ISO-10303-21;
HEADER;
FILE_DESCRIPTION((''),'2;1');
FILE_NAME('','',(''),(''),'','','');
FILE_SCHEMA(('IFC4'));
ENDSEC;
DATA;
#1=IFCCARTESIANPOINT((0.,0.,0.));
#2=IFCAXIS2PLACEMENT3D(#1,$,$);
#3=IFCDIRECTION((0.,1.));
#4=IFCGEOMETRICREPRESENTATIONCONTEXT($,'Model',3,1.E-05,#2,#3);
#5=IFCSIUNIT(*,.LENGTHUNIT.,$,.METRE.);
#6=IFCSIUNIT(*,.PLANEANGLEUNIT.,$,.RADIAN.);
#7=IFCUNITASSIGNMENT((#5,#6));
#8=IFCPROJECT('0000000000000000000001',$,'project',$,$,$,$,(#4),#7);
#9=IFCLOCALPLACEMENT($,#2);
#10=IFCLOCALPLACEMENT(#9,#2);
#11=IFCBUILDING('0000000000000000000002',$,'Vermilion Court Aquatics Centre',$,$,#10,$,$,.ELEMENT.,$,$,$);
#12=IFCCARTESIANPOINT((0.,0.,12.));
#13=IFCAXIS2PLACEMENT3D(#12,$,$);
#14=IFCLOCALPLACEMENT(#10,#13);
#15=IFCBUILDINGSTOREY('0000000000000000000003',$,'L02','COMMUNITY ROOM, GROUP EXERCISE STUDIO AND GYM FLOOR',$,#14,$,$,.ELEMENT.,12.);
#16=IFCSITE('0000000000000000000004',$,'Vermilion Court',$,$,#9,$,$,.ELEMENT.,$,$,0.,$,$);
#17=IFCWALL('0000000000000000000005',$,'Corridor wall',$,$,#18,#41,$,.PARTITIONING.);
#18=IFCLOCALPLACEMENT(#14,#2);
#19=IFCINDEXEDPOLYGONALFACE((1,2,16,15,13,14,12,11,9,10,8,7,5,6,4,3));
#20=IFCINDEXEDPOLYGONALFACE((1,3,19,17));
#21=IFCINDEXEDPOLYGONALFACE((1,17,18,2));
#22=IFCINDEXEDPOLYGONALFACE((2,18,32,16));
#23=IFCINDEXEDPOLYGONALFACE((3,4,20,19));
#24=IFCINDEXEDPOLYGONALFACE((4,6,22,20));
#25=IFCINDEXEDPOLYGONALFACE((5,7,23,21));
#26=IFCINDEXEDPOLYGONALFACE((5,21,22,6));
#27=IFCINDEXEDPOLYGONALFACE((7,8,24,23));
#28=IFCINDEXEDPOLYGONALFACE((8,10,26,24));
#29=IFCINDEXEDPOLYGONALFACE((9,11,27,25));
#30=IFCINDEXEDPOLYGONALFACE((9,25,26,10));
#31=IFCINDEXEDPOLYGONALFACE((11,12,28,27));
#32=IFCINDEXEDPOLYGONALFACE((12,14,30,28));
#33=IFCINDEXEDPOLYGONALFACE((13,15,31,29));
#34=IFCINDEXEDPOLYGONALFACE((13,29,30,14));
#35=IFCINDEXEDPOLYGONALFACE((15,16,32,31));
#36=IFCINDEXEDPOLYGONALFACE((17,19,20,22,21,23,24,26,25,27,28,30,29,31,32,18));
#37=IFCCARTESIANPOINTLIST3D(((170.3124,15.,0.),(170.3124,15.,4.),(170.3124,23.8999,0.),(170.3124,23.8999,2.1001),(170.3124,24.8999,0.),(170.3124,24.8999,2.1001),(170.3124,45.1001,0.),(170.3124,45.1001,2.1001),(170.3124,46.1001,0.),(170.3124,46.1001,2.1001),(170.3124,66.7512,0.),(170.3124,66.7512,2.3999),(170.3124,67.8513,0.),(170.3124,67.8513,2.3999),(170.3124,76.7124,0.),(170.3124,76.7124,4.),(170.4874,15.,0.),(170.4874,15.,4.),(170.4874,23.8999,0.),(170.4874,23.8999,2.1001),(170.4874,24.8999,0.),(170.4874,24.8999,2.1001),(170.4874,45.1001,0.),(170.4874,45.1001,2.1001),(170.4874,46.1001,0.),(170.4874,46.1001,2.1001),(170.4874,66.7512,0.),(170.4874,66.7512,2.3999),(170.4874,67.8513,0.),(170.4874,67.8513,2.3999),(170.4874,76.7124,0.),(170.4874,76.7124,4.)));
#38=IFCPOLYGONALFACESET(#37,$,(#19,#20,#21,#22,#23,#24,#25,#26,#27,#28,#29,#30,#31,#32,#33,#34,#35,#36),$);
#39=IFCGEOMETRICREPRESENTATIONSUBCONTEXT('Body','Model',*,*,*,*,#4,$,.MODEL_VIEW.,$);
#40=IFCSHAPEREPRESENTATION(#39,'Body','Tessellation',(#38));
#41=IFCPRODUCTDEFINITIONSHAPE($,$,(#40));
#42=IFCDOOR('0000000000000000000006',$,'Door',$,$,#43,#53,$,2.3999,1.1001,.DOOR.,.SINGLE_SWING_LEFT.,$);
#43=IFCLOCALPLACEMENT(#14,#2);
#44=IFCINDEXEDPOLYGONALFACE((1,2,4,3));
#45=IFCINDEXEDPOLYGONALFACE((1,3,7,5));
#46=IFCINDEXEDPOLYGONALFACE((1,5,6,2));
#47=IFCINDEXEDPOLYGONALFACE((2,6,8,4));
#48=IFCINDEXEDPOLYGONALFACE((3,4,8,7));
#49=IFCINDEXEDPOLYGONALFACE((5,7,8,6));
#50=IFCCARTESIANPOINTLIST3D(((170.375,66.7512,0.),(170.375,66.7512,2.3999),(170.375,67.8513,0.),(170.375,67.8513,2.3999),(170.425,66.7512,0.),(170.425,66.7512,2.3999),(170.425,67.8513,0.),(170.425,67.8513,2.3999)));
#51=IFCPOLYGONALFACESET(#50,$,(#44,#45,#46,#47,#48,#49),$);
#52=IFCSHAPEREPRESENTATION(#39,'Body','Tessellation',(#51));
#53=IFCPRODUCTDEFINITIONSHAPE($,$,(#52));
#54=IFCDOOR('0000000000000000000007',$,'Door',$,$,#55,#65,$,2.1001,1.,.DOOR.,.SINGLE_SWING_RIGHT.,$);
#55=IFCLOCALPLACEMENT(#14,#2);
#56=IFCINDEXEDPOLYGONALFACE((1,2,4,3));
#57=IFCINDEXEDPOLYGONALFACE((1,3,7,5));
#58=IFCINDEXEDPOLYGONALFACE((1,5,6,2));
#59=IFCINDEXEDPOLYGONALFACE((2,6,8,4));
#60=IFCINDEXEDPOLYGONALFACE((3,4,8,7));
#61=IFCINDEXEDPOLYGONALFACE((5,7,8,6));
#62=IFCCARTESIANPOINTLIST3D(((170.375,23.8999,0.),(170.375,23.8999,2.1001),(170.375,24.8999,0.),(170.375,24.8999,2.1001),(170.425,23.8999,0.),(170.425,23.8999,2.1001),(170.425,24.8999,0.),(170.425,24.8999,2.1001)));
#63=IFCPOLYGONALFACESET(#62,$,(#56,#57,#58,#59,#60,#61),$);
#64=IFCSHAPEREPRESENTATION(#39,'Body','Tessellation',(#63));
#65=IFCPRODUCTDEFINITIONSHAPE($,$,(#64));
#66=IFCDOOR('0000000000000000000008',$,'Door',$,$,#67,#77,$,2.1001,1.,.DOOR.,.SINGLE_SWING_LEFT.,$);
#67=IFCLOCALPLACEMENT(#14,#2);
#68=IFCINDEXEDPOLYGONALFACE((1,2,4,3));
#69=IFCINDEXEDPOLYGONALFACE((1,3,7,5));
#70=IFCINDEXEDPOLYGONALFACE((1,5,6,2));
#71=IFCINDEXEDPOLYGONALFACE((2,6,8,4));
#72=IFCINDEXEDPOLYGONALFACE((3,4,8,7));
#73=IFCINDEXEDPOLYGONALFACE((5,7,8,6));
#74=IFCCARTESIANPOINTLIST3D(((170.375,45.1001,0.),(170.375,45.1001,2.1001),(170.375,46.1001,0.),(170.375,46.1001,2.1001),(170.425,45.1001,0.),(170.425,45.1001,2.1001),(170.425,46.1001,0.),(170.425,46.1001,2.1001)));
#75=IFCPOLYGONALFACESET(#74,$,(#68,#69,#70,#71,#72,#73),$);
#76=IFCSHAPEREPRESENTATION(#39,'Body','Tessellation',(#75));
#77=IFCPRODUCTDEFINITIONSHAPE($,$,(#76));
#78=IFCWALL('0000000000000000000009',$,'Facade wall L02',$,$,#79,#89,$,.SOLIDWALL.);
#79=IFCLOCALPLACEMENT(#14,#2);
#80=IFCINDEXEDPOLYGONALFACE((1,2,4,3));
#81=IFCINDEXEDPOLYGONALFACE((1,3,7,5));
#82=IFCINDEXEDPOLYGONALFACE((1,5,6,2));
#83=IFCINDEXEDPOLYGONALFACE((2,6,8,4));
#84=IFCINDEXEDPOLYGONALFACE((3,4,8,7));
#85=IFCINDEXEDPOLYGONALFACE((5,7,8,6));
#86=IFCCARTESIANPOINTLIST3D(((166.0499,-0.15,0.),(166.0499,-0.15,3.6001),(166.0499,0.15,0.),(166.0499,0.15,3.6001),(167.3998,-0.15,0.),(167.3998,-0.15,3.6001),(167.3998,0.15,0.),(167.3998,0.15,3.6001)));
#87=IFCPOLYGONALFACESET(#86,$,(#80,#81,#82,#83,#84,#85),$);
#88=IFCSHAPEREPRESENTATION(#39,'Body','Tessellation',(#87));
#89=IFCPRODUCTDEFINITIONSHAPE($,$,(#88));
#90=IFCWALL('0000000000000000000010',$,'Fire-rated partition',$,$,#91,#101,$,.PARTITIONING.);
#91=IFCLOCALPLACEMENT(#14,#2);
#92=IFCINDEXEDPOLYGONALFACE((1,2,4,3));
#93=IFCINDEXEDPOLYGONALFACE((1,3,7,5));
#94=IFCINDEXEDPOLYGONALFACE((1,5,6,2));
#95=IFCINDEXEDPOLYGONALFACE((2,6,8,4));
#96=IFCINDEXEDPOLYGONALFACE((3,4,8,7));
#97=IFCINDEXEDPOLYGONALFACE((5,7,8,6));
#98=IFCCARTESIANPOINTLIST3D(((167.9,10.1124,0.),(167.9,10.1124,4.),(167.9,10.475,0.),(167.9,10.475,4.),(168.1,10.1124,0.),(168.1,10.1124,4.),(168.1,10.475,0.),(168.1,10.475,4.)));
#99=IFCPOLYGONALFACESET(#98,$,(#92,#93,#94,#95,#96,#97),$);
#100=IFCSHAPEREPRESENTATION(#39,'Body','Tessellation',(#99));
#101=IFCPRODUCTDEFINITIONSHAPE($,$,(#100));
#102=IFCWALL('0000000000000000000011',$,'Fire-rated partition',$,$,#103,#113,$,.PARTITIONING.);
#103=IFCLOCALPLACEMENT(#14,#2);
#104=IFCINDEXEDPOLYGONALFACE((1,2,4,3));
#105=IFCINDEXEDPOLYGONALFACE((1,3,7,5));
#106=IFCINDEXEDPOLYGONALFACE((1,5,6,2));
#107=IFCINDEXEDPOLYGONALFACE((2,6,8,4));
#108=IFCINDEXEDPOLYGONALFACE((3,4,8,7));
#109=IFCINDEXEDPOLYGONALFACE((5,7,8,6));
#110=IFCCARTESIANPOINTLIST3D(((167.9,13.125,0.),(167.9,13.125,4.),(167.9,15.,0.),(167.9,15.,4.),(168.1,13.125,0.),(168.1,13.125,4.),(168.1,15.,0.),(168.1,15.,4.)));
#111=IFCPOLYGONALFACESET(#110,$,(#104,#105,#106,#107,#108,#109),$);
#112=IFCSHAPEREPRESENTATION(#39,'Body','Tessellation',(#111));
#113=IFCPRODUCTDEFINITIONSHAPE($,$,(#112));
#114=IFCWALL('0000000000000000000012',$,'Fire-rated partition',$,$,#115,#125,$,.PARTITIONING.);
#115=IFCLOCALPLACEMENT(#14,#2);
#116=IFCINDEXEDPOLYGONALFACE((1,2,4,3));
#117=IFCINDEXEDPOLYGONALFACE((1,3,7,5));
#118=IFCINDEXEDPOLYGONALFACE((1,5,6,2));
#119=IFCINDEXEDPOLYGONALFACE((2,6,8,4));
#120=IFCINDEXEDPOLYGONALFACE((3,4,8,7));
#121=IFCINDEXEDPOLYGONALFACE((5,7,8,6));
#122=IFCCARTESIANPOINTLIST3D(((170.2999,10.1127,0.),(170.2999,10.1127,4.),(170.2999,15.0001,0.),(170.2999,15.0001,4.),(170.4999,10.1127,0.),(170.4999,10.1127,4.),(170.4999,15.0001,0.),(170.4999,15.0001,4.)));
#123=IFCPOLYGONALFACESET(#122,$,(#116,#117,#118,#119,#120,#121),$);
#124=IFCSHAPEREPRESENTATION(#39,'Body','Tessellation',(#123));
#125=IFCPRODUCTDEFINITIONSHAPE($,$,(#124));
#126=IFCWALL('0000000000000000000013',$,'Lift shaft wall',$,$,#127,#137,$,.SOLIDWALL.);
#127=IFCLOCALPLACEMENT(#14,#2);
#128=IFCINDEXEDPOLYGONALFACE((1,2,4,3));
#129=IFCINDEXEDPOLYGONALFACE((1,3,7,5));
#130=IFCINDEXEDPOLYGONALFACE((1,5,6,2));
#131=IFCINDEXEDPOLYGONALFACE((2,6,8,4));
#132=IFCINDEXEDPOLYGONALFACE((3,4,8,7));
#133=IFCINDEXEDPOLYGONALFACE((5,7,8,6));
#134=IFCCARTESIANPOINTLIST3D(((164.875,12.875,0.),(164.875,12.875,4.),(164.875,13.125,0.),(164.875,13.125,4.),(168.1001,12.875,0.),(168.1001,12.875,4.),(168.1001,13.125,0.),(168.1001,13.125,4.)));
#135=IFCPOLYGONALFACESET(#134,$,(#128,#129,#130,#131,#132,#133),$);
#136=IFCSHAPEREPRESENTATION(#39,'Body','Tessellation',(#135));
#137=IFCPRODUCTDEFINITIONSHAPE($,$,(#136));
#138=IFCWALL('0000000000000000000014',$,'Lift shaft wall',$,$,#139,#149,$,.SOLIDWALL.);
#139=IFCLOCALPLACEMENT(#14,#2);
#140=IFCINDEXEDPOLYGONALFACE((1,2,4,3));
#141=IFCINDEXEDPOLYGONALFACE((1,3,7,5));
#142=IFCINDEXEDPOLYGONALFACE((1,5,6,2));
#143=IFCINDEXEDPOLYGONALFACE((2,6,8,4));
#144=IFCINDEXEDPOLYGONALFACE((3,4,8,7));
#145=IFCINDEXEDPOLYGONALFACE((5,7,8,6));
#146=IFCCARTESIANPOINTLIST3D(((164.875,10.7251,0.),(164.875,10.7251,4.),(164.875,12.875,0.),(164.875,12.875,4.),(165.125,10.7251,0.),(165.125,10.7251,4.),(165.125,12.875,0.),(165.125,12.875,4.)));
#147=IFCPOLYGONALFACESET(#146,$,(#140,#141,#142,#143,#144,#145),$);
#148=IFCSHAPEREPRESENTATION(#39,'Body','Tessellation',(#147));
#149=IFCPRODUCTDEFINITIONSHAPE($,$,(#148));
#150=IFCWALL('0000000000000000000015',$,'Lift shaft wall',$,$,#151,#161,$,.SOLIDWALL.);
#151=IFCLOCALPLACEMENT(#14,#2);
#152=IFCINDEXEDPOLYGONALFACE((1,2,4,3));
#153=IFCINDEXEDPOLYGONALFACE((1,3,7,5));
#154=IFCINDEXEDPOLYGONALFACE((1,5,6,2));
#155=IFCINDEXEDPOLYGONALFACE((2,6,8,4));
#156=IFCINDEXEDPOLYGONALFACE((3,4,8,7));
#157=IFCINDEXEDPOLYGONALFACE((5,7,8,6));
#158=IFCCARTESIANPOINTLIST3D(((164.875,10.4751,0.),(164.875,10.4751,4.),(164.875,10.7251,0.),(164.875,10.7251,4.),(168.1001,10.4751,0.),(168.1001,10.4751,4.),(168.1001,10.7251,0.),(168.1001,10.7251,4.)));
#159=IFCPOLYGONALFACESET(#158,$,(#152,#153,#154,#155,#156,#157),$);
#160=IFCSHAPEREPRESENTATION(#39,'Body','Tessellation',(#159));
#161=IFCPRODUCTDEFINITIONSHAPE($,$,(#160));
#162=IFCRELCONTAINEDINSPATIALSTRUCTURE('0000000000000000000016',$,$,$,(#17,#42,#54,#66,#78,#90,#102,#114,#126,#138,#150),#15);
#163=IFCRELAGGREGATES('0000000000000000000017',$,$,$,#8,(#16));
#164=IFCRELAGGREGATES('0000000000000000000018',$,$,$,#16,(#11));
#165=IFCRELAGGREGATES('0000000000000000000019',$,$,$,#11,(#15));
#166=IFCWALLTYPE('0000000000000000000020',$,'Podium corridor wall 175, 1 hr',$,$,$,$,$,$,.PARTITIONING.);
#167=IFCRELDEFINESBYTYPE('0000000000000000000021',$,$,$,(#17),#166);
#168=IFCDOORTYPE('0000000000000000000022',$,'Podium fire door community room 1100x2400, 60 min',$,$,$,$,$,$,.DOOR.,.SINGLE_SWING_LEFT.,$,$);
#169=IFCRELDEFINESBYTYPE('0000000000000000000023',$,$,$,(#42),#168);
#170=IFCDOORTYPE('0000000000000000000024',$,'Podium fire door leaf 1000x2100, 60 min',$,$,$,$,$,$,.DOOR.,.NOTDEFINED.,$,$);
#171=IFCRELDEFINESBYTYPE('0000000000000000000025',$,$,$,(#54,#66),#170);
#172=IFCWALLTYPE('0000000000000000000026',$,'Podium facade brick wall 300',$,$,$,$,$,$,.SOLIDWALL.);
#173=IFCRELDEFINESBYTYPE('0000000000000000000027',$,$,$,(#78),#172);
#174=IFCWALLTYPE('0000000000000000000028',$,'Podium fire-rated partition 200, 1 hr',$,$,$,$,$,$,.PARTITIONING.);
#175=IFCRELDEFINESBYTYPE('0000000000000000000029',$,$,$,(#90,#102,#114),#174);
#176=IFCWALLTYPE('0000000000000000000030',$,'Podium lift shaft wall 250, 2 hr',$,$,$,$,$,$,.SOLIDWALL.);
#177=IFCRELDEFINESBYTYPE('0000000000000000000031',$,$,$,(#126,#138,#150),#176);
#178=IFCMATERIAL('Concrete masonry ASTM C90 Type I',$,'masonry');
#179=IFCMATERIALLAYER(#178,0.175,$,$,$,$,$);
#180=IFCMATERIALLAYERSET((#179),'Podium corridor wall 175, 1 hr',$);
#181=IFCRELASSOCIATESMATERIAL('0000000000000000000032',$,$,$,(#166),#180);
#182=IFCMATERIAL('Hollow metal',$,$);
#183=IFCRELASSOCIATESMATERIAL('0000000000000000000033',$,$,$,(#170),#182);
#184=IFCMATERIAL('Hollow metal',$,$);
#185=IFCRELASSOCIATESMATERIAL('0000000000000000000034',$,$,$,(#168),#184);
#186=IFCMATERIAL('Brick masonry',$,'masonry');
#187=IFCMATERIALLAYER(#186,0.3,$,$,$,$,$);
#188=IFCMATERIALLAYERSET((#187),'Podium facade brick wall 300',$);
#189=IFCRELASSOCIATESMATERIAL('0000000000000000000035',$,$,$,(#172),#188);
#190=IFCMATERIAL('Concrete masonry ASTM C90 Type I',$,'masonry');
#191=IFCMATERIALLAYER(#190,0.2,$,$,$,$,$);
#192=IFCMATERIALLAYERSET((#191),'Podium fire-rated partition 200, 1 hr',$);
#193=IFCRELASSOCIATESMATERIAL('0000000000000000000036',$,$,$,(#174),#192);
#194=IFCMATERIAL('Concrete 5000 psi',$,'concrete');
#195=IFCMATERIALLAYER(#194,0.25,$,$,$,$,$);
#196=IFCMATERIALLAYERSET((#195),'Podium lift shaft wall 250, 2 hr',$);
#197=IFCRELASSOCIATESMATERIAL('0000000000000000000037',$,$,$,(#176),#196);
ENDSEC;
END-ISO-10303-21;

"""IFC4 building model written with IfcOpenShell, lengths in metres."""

from ifc_helpers import new_model, si_unit, direction, frame, frame_2d, origin, place, context, subcontext, project, spatial, rectangle, extrude, material, layer, layer_set, type_object, element, fill, save


model = new_model("IFC4")

# Units and contexts
model_context = context("Model", 3, precision=1e-05, world=origin(), true_north=direction((0.0, 1.0)))
body_context = subcontext(model_context, "Body", "Model", "MODEL_VIEW")
ifc_project = project(units=[si_unit("LENGTHUNIT", "METRE"), si_unit("PLANEANGLEUNIT", "RADIAN")], contexts=[model_context])

# Site, building, storey
site_placement = place(None, origin())
site = spatial("IfcSite", under=ifc_project, at=site_placement, Name="Vermilion Court", CompositionType="ELEMENT", RefElevation=0.0)
building_placement = place(site_placement, origin())
building = spatial("IfcBuilding", under=site, at=building_placement, Name="Vermilion Court Aquatics Centre", CompositionType="ELEMENT")
storey_placement = place(building_placement, frame((0.0, 0.0, 12.0)))
storey = spatial("IfcBuildingStorey", under=building, at=storey_placement, Name="L02", Description="COMMUNITY ROOM, GROUP EXERCISE STUDIO AND GYM FLOOR", CompositionType="ELEMENT", Elevation=12.0)

# Shared definitions
ifc_material_1 = material(Name="Concrete masonry ASTM C90 Type I", Category="masonry")
ifc_layer_1 = layer(ifc_material_1, 0.175)
ifc_layer_set_1 = layer_set([ifc_layer_1], Name="Podium corridor wall 175, 1 hr")
wall_type_1 = type_object("IfcWallType", Name="Podium corridor wall 175, 1 hr", PredefinedType="PARTITIONING", material=ifc_layer_set_1)

# Wall, openings, doors
ifc_material_2 = material(Name="Hollow metal")
door_type_1 = type_object("IfcDoorType", Name="Podium fire door leaf 1000x2100, 60 min", OperationType="NOTDEFINED", PredefinedType="DOOR", material=ifc_material_2)
wall_1_placement = place(storey_placement, frame((170.3999, 15.0, 0.0), z_axis=(0.0, 0.0, 1.0), x_axis=(0.0, 1.0, 0.0)))
wall_1 = element("IfcWall", 1, at=wall_1_placement, inside=storey, type_object=wall_type_1, Name="Corridor wall", PredefinedType="PARTITIONING", context=body_context, shape_type="SweptSolid", body=[
    extrude(rectangle(XDim=61.7124, YDim=0.175, at=frame_2d((30.8562, 0.0))), origin(), (0.0, 0.0, 1.0), 4.0),
])
opening_1_placement = place(wall_1_placement, frame((8.8999, 0.0, 0.0)))
opening_1 = element("IfcOpeningElement", 2, at=opening_1_placement, cuts=wall_1, PredefinedType="OPENING", context=body_context, shape_type="SweptSolid", body=[
    extrude(rectangle(XDim=1.0, YDim=2.1001, at=frame_2d((0.5, 1.05))), frame((0.0, 0.0974, 0.0), z_axis=(0.0, -1.0, 0.0), x_axis=(1.0, 0.0, 0.0)), (0.0, 0.0, 1.0), 0.1951),
])
opening_2_placement = place(wall_1_placement, frame((30.1001, 0.0, 0.0)))
opening_2 = element("IfcOpeningElement", 3, at=opening_2_placement, cuts=wall_1, PredefinedType="OPENING", context=body_context, shape_type="SweptSolid", body=[
    extrude(rectangle(XDim=1.0, YDim=2.1001, at=frame_2d((0.5, 1.05))), frame((0.0, 0.0974, 0.0), z_axis=(0.0, -1.0, 0.0), x_axis=(1.0, 0.0, 0.0)), (0.0, 0.0, 1.0), 0.1951),
])
opening_3_placement = place(wall_1_placement, frame((51.7512, 0.0, 0.0)))
opening_3 = element("IfcOpeningElement", 4, at=opening_3_placement, cuts=wall_1, PredefinedType="OPENING", context=body_context, shape_type="SweptSolid", body=[
    extrude(rectangle(XDim=1.1001, YDim=2.3999, at=frame_2d((0.55, 1.2))), frame((0.0, 0.0974, 0.0), z_axis=(0.0, -1.0, 0.0), x_axis=(1.0, 0.0, 0.0)), (0.0, 0.0, 1.0), 0.1951),
])
ifc_material_3 = material(Name="Hollow metal")
door_type_2 = type_object("IfcDoorType", Name="Podium fire door community room 1100x2400, 60 min", OperationType="SINGLE_SWING_LEFT", PredefinedType="DOOR", material=ifc_material_3)
door_1_placement = place(opening_3_placement, frame((1.1001, 0.0, 0.0), z_axis=(0.0, 0.0, 1.0), x_axis=(-1.0, 0.0, 0.0)))
door_1 = element("IfcDoor", 5, at=door_1_placement, inside=storey, type_object=door_type_2, Name="Door", OperationType="SINGLE_SWING_LEFT", OverallHeight=2.3999, OverallWidth=1.1001, PredefinedType="DOOR", context=body_context, shape_type="SweptSolid", body=[
    extrude(rectangle(XDim=1.1001, YDim=2.3999, at=frame_2d((0.55, 1.2))), frame((0.0, 0.0251, 0.0), z_axis=(0.0, -1.0, 0.0), x_axis=(1.0, 0.0, 0.0)), (0.0, 0.0, 1.0), 0.05),
])
fill(opening_3, door_1)
door_2_placement = place(opening_1_placement, frame((1.0, 0.0, 0.0), z_axis=(0.0, 0.0, 1.0), x_axis=(-1.0, 0.0, 0.0)))
door_2 = element("IfcDoor", 6, at=door_2_placement, inside=storey, type_object=door_type_1, Name="Door", OperationType="SINGLE_SWING_RIGHT", OverallHeight=2.1001, OverallWidth=1.0, PredefinedType="DOOR", context=body_context, shape_type="SweptSolid", body=[
    extrude(rectangle(XDim=1.0, YDim=2.1001, at=frame_2d((0.5, 1.05))), frame((0.0, 0.0251, 0.0), z_axis=(0.0, -1.0, 0.0), x_axis=(1.0, 0.0, 0.0)), (0.0, 0.0, 1.0), 0.05),
])
fill(opening_1, door_2)
door_3_placement = place(opening_2_placement, origin())
door_3 = element("IfcDoor", 7, at=door_3_placement, inside=storey, type_object=door_type_1, Name="Door", OperationType="SINGLE_SWING_LEFT", OverallHeight=2.1001, OverallWidth=1.0, PredefinedType="DOOR", context=body_context, shape_type="SweptSolid", body=[
    extrude(rectangle(XDim=1.0, YDim=2.1001, at=frame_2d((0.5, 1.05))), frame((0.0, 0.0249, 0.0), z_axis=(0.0, -1.0, 0.0), x_axis=(1.0, 0.0, 0.0)), (0.0, 0.0, 1.0), 0.05),
])
fill(opening_2, door_3)

# Walls
ifc_material_4 = material(Name="Brick masonry", Category="masonry")
ifc_layer_2 = layer(ifc_material_4, 0.3)
ifc_layer_set_2 = layer_set([ifc_layer_2], Name="Podium facade brick wall 300")
wall_type_2 = type_object("IfcWallType", Name="Podium facade brick wall 300", PredefinedType="SOLIDWALL", material=ifc_layer_set_2)
wall_2_placement = place(storey_placement, frame((166.05, 0.0, 0.0), z_axis=(0.0, 0.0, 1.0), x_axis=(1.0, 0.0, 0.0)))
element("IfcWall", 8, at=wall_2_placement, inside=storey, type_object=wall_type_2, Name="Facade wall L02", PredefinedType="SOLIDWALL", context=body_context, shape_type="SweptSolid", body=[
    extrude(rectangle(XDim=1.3499, YDim=0.3, at=frame_2d((0.6748, 0.0))), origin(), (0.0, 0.0, 1.0), 3.6001),
])
ifc_material_5 = material(Name="Concrete masonry ASTM C90 Type I", Category="masonry")
ifc_layer_3 = layer(ifc_material_5, 0.2)
ifc_layer_set_3 = layer_set([ifc_layer_3], Name="Podium fire-rated partition 200, 1 hr")
wall_type_3 = type_object("IfcWallType", Name="Podium fire-rated partition 200, 1 hr", PredefinedType="PARTITIONING", material=ifc_layer_set_3)
wall_3_placement = place(storey_placement, frame((168.0, 10.1125, 0.0), z_axis=(0.0, 0.0, 1.0), x_axis=(0.0, 1.0, 0.0)))
element("IfcWall", 9, at=wall_3_placement, inside=storey, type_object=wall_type_3, Name="Fire-rated partition", PredefinedType="PARTITIONING", context=body_context, shape_type="SweptSolid", body=[
    extrude(rectangle(XDim=0.3625, YDim=0.2, at=frame_2d((0.1812, 0.0))), origin(), (0.0, 0.0, 1.0), 4.0),
])
wall_4_placement = place(storey_placement, frame((168.0, 13.125, 0.0), z_axis=(0.0, 0.0, 1.0), x_axis=(0.0, 1.0, 0.0)))
element("IfcWall", 10, at=wall_4_placement, inside=storey, type_object=wall_type_3, Name="Fire-rated partition", PredefinedType="PARTITIONING", context=body_context, shape_type="SweptSolid", body=[
    extrude(rectangle(XDim=1.875, YDim=0.2, at=frame_2d((0.9375, 0.0))), origin(), (0.0, 0.0, 1.0), 4.0),
])
wall_5_placement = place(storey_placement, frame((170.3999, 10.1125, 0.0), z_axis=(0.0, 0.0, 1.0), x_axis=(0.0, 1.0, 0.0)))
element("IfcWall", 11, at=wall_5_placement, inside=storey, type_object=wall_type_3, Name="Fire-rated partition", PredefinedType="PARTITIONING", context=body_context, shape_type="SweptSolid", body=[
    extrude(rectangle(XDim=4.8875, YDim=0.2, at=frame_2d((2.4438, 0.0))), origin(), (0.0, 0.0, 1.0), 4.0),
])
ifc_material_6 = material(Name="Concrete 5000 psi", Category="concrete")
ifc_layer_4 = layer(ifc_material_6, 0.25)
ifc_layer_set_4 = layer_set([ifc_layer_4], Name="Podium lift shaft wall 250, 2 hr")
wall_type_4 = type_object("IfcWallType", Name="Podium lift shaft wall 250, 2 hr", PredefinedType="SOLIDWALL", material=ifc_layer_set_4)
wall_6_placement = place(storey_placement, frame((164.875, 13.0, 0.0), z_axis=(0.0, 0.0, 1.0), x_axis=(1.0, 0.0, 0.0)))
element("IfcWall", 12, at=wall_6_placement, inside=storey, type_object=wall_type_4, Name="Lift shaft wall", PredefinedType="SOLIDWALL", context=body_context, shape_type="SweptSolid", body=[
    extrude(rectangle(XDim=3.2251, YDim=0.25, at=frame_2d((1.6125, 0.0))), origin(), (0.0, 0.0, 1.0), 4.0),
])
wall_7_placement = place(storey_placement, frame((165.0, 10.7251, 0.0), z_axis=(0.0, 0.0, 1.0), x_axis=(0.0, 1.0, 0.0)))
element("IfcWall", 13, at=wall_7_placement, inside=storey, type_object=wall_type_4, Name="Lift shaft wall", PredefinedType="SOLIDWALL", context=body_context, shape_type="SweptSolid", body=[
    extrude(rectangle(XDim=2.1499, YDim=0.25, at=frame_2d((1.075, 0.0))), origin(), (0.0, 0.0, 1.0), 4.0),
])
wall_8_placement = place(storey_placement, frame((164.875, 10.6001, 0.0), z_axis=(0.0, 0.0, 1.0), x_axis=(1.0, 0.0, 0.0)))
element("IfcWall", 14, at=wall_8_placement, inside=storey, type_object=wall_type_4, Name="Lift shaft wall", PredefinedType="SOLIDWALL", context=body_context, shape_type="SweptSolid", body=[
    extrude(rectangle(XDim=3.2251, YDim=0.25, at=frame_2d((1.6125, 0.0))), origin(), (0.0, 0.0, 1.0), 4.0),
])

save(model, "model.ifc")
